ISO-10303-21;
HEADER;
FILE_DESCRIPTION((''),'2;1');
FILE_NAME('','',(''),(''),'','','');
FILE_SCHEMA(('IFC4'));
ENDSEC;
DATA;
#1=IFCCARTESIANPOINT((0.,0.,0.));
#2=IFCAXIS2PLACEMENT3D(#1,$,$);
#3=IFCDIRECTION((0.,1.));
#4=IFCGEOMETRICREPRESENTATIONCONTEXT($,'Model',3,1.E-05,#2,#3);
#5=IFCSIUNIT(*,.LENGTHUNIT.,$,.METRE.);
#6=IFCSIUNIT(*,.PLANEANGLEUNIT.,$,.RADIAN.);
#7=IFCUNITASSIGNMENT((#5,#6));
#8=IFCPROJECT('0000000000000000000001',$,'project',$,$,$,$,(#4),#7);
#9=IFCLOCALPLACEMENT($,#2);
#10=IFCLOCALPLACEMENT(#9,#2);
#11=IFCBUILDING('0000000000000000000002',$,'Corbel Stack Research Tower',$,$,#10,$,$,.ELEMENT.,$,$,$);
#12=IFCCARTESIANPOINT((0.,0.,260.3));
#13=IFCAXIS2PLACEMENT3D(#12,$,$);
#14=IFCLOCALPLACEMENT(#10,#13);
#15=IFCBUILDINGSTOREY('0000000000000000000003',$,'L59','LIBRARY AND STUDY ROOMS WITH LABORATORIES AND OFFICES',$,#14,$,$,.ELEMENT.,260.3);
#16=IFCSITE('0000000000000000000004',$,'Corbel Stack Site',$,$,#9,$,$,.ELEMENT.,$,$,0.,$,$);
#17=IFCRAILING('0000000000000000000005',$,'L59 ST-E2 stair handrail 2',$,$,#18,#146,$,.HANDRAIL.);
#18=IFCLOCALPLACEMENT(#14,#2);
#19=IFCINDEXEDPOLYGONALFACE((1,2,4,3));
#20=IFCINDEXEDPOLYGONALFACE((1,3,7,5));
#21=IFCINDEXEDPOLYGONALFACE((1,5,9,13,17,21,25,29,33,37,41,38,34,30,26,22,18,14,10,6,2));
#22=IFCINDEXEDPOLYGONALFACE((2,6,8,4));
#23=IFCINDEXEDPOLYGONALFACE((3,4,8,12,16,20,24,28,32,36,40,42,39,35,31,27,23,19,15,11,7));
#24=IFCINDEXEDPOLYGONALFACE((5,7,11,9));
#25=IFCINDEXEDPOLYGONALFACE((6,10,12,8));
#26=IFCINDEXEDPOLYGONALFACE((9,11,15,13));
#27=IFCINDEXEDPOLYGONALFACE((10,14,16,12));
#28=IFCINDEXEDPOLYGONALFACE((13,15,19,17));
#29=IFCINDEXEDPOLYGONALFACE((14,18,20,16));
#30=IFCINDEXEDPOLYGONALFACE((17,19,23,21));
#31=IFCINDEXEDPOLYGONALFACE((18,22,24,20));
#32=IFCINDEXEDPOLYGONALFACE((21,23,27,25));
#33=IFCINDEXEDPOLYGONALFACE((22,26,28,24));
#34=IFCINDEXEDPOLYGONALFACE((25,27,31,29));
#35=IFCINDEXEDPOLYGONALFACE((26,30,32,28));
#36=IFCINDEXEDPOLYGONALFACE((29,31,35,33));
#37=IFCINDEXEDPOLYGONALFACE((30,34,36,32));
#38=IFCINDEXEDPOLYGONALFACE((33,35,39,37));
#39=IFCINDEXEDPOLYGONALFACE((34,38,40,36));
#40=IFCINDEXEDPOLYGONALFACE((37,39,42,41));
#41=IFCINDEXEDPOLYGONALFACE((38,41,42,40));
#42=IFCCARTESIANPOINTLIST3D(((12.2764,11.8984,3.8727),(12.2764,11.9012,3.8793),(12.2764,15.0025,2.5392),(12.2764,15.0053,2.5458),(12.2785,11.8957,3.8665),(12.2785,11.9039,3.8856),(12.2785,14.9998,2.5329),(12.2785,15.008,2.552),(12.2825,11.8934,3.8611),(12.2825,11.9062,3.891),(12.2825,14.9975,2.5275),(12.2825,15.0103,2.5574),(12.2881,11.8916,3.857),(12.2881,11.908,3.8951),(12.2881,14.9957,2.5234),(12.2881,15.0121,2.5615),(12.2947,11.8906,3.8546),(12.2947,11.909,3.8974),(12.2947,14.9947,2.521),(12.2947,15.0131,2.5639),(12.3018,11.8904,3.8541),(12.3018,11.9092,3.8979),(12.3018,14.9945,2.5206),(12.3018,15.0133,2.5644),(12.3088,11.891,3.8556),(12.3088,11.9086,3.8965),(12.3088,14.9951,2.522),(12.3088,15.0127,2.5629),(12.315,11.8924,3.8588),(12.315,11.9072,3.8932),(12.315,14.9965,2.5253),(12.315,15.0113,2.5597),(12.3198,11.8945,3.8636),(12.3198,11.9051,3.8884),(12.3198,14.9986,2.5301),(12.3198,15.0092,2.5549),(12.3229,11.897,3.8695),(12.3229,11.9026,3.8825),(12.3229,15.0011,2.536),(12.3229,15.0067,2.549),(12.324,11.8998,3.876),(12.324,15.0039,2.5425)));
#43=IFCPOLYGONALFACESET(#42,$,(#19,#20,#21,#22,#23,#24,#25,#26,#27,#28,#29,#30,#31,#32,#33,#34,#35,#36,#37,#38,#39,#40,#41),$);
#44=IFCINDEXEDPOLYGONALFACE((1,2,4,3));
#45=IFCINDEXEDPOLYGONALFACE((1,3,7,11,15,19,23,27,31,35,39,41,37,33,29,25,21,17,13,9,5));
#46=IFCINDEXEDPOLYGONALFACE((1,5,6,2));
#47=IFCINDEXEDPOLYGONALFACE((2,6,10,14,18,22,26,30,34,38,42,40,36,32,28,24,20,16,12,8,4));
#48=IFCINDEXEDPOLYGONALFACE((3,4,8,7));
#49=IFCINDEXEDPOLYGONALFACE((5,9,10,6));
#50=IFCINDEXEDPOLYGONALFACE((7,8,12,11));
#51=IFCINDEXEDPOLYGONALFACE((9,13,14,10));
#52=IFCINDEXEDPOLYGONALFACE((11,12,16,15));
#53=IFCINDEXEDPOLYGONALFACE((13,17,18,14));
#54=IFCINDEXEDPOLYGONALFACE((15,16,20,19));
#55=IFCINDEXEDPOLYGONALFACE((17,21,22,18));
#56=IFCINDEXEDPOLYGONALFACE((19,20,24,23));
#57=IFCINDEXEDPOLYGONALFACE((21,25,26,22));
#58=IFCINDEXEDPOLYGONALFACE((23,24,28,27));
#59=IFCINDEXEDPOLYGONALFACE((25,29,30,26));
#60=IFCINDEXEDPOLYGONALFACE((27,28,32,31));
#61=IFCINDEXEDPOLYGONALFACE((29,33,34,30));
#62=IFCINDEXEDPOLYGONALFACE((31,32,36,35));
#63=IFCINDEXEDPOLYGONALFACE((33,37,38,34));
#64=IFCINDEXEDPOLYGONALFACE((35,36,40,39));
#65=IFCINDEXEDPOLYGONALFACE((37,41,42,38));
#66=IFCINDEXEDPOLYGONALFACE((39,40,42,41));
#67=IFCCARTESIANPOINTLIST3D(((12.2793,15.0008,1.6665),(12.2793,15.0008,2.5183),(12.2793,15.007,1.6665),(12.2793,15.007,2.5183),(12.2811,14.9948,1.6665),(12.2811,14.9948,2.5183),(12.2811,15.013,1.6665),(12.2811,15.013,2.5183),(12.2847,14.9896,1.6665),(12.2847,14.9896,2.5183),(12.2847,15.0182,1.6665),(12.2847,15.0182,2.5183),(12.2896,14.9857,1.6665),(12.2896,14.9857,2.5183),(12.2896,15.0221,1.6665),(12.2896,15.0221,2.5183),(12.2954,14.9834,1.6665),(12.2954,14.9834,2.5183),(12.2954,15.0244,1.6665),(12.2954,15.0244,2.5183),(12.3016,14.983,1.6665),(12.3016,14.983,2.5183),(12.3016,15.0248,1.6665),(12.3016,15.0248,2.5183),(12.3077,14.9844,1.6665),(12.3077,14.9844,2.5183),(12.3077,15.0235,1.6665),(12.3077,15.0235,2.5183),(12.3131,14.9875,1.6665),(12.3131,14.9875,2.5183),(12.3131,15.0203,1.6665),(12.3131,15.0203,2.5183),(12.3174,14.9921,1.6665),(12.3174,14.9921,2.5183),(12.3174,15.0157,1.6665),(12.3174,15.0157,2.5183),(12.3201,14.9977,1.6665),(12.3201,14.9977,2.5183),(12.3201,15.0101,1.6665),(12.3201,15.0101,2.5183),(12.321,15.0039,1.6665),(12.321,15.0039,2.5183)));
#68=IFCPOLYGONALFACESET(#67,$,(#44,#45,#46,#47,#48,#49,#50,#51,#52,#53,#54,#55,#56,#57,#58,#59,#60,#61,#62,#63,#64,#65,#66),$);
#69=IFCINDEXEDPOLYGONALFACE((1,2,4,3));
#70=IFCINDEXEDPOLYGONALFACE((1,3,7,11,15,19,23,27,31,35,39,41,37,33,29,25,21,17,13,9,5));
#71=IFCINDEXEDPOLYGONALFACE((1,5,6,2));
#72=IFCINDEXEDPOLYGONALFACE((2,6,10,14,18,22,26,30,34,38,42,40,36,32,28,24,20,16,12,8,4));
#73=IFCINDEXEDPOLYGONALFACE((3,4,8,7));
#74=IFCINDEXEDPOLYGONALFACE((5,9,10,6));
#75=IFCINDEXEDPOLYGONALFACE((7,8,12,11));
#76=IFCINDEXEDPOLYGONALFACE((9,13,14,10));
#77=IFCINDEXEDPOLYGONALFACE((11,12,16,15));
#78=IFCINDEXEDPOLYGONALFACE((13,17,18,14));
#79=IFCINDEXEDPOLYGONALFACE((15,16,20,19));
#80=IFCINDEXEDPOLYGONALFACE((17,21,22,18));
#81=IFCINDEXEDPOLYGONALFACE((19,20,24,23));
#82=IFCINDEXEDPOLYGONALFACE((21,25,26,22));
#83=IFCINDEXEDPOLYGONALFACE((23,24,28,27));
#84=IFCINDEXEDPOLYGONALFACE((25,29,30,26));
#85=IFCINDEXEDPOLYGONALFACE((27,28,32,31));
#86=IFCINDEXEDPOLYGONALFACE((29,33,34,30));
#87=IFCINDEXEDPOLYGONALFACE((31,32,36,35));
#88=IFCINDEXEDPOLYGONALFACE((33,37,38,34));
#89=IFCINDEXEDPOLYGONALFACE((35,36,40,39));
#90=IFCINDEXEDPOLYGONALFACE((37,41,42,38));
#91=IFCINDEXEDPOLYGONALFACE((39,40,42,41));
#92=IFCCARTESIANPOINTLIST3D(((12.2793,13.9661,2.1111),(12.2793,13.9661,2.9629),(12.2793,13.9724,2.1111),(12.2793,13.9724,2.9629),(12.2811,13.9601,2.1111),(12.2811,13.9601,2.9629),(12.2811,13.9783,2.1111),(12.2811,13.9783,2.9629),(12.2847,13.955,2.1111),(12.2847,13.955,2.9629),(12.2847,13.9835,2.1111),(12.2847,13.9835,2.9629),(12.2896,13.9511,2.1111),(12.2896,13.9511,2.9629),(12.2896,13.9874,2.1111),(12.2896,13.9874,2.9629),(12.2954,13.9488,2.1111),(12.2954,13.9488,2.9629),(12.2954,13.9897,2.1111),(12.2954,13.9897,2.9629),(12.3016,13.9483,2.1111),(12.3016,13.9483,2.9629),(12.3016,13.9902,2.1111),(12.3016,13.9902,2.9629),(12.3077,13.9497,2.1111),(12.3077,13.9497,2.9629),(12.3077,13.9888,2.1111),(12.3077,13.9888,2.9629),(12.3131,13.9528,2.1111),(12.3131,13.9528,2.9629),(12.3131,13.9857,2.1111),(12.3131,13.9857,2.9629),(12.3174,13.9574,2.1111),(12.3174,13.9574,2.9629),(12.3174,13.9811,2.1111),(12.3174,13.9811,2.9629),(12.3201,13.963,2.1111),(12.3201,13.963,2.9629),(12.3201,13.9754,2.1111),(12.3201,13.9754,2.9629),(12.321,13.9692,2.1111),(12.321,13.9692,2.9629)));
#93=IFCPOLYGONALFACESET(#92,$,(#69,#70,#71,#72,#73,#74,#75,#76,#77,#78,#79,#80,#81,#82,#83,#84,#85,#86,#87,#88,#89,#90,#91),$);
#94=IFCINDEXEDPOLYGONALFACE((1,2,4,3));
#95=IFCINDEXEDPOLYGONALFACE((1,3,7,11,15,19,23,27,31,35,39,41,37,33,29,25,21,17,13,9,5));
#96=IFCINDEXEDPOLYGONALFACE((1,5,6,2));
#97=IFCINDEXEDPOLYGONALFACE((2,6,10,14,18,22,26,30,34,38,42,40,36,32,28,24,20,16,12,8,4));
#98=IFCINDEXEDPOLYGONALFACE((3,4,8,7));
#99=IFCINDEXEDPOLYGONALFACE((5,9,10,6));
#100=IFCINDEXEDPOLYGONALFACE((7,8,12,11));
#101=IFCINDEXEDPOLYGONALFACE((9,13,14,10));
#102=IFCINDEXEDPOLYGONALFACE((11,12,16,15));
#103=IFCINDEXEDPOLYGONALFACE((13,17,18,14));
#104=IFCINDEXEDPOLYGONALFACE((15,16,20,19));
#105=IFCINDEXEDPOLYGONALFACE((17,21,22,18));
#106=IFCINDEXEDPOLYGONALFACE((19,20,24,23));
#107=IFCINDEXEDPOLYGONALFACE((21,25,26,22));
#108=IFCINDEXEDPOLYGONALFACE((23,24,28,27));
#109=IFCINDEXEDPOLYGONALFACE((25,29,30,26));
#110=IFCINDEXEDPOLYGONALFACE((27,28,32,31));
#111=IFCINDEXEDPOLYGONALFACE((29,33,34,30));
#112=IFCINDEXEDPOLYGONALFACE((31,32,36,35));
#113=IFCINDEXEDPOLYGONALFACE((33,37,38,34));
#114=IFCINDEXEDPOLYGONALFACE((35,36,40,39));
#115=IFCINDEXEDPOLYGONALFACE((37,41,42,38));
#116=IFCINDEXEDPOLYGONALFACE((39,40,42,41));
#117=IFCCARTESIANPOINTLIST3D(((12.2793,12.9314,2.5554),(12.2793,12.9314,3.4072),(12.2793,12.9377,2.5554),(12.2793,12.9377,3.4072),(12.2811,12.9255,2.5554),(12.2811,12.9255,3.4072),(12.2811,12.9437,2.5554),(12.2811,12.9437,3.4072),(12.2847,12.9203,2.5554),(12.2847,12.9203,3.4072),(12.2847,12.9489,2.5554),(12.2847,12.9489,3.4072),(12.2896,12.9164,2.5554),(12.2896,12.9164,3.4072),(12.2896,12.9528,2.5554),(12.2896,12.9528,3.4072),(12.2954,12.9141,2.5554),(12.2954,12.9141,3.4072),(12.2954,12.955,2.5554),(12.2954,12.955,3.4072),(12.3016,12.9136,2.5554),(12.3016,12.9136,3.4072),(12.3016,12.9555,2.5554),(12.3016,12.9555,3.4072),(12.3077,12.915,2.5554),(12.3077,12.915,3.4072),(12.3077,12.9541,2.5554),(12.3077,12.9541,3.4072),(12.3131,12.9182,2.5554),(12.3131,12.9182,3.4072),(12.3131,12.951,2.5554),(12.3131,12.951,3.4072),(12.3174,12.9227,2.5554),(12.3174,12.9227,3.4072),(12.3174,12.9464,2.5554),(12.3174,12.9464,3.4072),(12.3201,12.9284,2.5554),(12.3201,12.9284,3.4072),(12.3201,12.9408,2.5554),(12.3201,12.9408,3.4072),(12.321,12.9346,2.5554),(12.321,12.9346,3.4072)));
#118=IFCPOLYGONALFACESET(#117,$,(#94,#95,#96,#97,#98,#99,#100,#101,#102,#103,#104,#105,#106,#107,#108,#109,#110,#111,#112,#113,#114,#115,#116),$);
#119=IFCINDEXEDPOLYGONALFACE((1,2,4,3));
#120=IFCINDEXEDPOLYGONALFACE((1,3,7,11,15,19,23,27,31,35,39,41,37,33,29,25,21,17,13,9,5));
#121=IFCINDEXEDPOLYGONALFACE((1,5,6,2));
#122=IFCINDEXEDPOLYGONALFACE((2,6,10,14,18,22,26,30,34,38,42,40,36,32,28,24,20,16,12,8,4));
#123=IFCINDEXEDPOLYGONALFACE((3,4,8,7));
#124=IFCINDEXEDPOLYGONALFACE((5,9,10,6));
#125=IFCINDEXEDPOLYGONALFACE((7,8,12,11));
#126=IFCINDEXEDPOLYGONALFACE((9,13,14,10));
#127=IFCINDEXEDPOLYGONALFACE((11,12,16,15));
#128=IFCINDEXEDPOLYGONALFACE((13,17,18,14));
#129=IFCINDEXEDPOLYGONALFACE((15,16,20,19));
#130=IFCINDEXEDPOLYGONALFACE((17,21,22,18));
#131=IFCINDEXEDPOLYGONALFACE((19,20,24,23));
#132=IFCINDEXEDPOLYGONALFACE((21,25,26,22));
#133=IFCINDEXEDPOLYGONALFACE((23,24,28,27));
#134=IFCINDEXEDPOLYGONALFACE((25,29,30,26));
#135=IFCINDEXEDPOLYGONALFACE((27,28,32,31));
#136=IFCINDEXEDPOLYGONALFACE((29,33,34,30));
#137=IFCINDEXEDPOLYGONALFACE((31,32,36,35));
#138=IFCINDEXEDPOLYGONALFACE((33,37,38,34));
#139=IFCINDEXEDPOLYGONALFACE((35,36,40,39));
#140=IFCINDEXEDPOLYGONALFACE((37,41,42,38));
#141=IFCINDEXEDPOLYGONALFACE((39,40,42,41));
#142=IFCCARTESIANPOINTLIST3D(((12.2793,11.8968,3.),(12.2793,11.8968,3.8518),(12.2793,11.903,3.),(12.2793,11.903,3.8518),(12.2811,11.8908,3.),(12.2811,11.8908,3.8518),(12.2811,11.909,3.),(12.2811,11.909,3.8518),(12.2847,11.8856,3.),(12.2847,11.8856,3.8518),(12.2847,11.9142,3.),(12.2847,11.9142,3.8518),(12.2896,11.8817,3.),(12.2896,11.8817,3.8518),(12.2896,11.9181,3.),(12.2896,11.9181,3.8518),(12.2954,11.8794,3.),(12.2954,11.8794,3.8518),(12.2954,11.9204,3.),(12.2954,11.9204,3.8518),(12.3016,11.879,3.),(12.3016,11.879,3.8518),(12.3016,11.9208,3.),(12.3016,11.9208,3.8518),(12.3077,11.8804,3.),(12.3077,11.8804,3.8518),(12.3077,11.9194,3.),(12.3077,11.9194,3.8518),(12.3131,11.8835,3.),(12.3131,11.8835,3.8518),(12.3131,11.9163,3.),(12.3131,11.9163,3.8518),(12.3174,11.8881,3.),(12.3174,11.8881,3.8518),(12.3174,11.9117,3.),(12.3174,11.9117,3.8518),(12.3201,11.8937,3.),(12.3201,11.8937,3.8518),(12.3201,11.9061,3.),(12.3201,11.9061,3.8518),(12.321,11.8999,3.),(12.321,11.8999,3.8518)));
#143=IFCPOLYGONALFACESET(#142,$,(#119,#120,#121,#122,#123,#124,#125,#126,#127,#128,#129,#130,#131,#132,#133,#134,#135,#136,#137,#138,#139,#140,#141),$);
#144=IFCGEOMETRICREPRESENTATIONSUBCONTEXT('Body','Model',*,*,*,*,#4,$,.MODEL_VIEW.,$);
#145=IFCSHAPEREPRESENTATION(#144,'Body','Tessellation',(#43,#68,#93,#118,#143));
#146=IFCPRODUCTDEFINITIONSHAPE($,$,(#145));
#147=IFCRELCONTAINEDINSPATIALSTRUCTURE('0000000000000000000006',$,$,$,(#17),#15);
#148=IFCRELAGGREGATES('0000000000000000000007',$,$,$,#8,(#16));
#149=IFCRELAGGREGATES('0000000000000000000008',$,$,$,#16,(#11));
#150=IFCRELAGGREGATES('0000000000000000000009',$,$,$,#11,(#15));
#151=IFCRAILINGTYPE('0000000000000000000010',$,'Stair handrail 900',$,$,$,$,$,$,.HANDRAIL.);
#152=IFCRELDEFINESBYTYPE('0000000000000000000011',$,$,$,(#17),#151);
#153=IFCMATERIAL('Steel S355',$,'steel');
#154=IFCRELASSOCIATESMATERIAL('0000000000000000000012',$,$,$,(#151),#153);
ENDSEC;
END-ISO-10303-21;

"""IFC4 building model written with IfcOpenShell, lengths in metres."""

from ifc_helpers import new_model, si_unit, direction, frame, origin, origin_2d, place, context, subcontext, project, spatial, circle, extrude, material, type_object, element, save


model = new_model("IFC4")

# Units and contexts
model_context = context("Model", 3, precision=1e-05, world=origin(), true_north=direction((0.0, 1.0)))
body_context = subcontext(model_context, "Body", "Model", "MODEL_VIEW")
ifc_project = project(units=[si_unit("LENGTHUNIT", "METRE"), si_unit("PLANEANGLEUNIT", "RADIAN")], contexts=[model_context])

# Site, building, storey
site_placement = place(None, origin())
site = spatial("IfcSite", under=ifc_project, at=site_placement, Name="Corbel Stack Site", CompositionType="ELEMENT", RefElevation=0.0)
building_placement = place(site_placement, origin())
building = spatial("IfcBuilding", under=site, at=building_placement, Name="Corbel Stack Research Tower", CompositionType="ELEMENT")
storey_placement = place(building_placement, frame((0.0, 0.0, 260.3)))
storey = spatial("IfcBuildingStorey", under=building, at=storey_placement, Name="L59", Description="LIBRARY AND STUDY ROOMS WITH LABORATORIES AND OFFICES", CompositionType="ELEMENT", Elevation=260.3)

# Railing
ifc_material_1 = material(Name="Steel S355", Category="steel")
railing_type_1 = type_object("IfcRailingType", Name="Stair handrail 900", PredefinedType="HANDRAIL", material=ifc_material_1)
for number, where, name in (
    (1, (12.3, 15.0039, 1.6665), "L59 ST-E2 stair handrail 2"),
):
    element("IfcRailing", number, at=place(storey_placement, frame(where)), inside=storey, type_object=railing_type_1, Name=name, PredefinedType="HANDRAIL", context=body_context, shape_type="SweptSolid", body=[
        extrude(circle(Radius=0.0239, at=origin_2d()), frame((0.0, 0.0, 0.876), z_axis=(0.0, -0.918801, 0.394722), x_axis=(1.0, 0.0, 0.0)), (0.0, 0.0, 1.0), 3.3784),
        extrude(circle(Radius=0.021, at=origin_2d()), origin(), (0.0, 0.0, 1.0), 0.8518),
        extrude(circle(Radius=0.021, at=origin_2d()), frame((0.0, -1.0347, 0.4446)), (0.0, 0.0, 1.0), 0.8518),
        extrude(circle(Radius=0.021, at=origin_2d()), frame((0.0, -2.0693, 0.8889)), (0.0, 0.0, 1.0), 0.8518),
        extrude(circle(Radius=0.021, at=origin_2d()), frame((0.0, -3.104, 1.3335)), (0.0, 0.0, 1.0), 0.8518),
    ])

save(model, "model.ifc")
